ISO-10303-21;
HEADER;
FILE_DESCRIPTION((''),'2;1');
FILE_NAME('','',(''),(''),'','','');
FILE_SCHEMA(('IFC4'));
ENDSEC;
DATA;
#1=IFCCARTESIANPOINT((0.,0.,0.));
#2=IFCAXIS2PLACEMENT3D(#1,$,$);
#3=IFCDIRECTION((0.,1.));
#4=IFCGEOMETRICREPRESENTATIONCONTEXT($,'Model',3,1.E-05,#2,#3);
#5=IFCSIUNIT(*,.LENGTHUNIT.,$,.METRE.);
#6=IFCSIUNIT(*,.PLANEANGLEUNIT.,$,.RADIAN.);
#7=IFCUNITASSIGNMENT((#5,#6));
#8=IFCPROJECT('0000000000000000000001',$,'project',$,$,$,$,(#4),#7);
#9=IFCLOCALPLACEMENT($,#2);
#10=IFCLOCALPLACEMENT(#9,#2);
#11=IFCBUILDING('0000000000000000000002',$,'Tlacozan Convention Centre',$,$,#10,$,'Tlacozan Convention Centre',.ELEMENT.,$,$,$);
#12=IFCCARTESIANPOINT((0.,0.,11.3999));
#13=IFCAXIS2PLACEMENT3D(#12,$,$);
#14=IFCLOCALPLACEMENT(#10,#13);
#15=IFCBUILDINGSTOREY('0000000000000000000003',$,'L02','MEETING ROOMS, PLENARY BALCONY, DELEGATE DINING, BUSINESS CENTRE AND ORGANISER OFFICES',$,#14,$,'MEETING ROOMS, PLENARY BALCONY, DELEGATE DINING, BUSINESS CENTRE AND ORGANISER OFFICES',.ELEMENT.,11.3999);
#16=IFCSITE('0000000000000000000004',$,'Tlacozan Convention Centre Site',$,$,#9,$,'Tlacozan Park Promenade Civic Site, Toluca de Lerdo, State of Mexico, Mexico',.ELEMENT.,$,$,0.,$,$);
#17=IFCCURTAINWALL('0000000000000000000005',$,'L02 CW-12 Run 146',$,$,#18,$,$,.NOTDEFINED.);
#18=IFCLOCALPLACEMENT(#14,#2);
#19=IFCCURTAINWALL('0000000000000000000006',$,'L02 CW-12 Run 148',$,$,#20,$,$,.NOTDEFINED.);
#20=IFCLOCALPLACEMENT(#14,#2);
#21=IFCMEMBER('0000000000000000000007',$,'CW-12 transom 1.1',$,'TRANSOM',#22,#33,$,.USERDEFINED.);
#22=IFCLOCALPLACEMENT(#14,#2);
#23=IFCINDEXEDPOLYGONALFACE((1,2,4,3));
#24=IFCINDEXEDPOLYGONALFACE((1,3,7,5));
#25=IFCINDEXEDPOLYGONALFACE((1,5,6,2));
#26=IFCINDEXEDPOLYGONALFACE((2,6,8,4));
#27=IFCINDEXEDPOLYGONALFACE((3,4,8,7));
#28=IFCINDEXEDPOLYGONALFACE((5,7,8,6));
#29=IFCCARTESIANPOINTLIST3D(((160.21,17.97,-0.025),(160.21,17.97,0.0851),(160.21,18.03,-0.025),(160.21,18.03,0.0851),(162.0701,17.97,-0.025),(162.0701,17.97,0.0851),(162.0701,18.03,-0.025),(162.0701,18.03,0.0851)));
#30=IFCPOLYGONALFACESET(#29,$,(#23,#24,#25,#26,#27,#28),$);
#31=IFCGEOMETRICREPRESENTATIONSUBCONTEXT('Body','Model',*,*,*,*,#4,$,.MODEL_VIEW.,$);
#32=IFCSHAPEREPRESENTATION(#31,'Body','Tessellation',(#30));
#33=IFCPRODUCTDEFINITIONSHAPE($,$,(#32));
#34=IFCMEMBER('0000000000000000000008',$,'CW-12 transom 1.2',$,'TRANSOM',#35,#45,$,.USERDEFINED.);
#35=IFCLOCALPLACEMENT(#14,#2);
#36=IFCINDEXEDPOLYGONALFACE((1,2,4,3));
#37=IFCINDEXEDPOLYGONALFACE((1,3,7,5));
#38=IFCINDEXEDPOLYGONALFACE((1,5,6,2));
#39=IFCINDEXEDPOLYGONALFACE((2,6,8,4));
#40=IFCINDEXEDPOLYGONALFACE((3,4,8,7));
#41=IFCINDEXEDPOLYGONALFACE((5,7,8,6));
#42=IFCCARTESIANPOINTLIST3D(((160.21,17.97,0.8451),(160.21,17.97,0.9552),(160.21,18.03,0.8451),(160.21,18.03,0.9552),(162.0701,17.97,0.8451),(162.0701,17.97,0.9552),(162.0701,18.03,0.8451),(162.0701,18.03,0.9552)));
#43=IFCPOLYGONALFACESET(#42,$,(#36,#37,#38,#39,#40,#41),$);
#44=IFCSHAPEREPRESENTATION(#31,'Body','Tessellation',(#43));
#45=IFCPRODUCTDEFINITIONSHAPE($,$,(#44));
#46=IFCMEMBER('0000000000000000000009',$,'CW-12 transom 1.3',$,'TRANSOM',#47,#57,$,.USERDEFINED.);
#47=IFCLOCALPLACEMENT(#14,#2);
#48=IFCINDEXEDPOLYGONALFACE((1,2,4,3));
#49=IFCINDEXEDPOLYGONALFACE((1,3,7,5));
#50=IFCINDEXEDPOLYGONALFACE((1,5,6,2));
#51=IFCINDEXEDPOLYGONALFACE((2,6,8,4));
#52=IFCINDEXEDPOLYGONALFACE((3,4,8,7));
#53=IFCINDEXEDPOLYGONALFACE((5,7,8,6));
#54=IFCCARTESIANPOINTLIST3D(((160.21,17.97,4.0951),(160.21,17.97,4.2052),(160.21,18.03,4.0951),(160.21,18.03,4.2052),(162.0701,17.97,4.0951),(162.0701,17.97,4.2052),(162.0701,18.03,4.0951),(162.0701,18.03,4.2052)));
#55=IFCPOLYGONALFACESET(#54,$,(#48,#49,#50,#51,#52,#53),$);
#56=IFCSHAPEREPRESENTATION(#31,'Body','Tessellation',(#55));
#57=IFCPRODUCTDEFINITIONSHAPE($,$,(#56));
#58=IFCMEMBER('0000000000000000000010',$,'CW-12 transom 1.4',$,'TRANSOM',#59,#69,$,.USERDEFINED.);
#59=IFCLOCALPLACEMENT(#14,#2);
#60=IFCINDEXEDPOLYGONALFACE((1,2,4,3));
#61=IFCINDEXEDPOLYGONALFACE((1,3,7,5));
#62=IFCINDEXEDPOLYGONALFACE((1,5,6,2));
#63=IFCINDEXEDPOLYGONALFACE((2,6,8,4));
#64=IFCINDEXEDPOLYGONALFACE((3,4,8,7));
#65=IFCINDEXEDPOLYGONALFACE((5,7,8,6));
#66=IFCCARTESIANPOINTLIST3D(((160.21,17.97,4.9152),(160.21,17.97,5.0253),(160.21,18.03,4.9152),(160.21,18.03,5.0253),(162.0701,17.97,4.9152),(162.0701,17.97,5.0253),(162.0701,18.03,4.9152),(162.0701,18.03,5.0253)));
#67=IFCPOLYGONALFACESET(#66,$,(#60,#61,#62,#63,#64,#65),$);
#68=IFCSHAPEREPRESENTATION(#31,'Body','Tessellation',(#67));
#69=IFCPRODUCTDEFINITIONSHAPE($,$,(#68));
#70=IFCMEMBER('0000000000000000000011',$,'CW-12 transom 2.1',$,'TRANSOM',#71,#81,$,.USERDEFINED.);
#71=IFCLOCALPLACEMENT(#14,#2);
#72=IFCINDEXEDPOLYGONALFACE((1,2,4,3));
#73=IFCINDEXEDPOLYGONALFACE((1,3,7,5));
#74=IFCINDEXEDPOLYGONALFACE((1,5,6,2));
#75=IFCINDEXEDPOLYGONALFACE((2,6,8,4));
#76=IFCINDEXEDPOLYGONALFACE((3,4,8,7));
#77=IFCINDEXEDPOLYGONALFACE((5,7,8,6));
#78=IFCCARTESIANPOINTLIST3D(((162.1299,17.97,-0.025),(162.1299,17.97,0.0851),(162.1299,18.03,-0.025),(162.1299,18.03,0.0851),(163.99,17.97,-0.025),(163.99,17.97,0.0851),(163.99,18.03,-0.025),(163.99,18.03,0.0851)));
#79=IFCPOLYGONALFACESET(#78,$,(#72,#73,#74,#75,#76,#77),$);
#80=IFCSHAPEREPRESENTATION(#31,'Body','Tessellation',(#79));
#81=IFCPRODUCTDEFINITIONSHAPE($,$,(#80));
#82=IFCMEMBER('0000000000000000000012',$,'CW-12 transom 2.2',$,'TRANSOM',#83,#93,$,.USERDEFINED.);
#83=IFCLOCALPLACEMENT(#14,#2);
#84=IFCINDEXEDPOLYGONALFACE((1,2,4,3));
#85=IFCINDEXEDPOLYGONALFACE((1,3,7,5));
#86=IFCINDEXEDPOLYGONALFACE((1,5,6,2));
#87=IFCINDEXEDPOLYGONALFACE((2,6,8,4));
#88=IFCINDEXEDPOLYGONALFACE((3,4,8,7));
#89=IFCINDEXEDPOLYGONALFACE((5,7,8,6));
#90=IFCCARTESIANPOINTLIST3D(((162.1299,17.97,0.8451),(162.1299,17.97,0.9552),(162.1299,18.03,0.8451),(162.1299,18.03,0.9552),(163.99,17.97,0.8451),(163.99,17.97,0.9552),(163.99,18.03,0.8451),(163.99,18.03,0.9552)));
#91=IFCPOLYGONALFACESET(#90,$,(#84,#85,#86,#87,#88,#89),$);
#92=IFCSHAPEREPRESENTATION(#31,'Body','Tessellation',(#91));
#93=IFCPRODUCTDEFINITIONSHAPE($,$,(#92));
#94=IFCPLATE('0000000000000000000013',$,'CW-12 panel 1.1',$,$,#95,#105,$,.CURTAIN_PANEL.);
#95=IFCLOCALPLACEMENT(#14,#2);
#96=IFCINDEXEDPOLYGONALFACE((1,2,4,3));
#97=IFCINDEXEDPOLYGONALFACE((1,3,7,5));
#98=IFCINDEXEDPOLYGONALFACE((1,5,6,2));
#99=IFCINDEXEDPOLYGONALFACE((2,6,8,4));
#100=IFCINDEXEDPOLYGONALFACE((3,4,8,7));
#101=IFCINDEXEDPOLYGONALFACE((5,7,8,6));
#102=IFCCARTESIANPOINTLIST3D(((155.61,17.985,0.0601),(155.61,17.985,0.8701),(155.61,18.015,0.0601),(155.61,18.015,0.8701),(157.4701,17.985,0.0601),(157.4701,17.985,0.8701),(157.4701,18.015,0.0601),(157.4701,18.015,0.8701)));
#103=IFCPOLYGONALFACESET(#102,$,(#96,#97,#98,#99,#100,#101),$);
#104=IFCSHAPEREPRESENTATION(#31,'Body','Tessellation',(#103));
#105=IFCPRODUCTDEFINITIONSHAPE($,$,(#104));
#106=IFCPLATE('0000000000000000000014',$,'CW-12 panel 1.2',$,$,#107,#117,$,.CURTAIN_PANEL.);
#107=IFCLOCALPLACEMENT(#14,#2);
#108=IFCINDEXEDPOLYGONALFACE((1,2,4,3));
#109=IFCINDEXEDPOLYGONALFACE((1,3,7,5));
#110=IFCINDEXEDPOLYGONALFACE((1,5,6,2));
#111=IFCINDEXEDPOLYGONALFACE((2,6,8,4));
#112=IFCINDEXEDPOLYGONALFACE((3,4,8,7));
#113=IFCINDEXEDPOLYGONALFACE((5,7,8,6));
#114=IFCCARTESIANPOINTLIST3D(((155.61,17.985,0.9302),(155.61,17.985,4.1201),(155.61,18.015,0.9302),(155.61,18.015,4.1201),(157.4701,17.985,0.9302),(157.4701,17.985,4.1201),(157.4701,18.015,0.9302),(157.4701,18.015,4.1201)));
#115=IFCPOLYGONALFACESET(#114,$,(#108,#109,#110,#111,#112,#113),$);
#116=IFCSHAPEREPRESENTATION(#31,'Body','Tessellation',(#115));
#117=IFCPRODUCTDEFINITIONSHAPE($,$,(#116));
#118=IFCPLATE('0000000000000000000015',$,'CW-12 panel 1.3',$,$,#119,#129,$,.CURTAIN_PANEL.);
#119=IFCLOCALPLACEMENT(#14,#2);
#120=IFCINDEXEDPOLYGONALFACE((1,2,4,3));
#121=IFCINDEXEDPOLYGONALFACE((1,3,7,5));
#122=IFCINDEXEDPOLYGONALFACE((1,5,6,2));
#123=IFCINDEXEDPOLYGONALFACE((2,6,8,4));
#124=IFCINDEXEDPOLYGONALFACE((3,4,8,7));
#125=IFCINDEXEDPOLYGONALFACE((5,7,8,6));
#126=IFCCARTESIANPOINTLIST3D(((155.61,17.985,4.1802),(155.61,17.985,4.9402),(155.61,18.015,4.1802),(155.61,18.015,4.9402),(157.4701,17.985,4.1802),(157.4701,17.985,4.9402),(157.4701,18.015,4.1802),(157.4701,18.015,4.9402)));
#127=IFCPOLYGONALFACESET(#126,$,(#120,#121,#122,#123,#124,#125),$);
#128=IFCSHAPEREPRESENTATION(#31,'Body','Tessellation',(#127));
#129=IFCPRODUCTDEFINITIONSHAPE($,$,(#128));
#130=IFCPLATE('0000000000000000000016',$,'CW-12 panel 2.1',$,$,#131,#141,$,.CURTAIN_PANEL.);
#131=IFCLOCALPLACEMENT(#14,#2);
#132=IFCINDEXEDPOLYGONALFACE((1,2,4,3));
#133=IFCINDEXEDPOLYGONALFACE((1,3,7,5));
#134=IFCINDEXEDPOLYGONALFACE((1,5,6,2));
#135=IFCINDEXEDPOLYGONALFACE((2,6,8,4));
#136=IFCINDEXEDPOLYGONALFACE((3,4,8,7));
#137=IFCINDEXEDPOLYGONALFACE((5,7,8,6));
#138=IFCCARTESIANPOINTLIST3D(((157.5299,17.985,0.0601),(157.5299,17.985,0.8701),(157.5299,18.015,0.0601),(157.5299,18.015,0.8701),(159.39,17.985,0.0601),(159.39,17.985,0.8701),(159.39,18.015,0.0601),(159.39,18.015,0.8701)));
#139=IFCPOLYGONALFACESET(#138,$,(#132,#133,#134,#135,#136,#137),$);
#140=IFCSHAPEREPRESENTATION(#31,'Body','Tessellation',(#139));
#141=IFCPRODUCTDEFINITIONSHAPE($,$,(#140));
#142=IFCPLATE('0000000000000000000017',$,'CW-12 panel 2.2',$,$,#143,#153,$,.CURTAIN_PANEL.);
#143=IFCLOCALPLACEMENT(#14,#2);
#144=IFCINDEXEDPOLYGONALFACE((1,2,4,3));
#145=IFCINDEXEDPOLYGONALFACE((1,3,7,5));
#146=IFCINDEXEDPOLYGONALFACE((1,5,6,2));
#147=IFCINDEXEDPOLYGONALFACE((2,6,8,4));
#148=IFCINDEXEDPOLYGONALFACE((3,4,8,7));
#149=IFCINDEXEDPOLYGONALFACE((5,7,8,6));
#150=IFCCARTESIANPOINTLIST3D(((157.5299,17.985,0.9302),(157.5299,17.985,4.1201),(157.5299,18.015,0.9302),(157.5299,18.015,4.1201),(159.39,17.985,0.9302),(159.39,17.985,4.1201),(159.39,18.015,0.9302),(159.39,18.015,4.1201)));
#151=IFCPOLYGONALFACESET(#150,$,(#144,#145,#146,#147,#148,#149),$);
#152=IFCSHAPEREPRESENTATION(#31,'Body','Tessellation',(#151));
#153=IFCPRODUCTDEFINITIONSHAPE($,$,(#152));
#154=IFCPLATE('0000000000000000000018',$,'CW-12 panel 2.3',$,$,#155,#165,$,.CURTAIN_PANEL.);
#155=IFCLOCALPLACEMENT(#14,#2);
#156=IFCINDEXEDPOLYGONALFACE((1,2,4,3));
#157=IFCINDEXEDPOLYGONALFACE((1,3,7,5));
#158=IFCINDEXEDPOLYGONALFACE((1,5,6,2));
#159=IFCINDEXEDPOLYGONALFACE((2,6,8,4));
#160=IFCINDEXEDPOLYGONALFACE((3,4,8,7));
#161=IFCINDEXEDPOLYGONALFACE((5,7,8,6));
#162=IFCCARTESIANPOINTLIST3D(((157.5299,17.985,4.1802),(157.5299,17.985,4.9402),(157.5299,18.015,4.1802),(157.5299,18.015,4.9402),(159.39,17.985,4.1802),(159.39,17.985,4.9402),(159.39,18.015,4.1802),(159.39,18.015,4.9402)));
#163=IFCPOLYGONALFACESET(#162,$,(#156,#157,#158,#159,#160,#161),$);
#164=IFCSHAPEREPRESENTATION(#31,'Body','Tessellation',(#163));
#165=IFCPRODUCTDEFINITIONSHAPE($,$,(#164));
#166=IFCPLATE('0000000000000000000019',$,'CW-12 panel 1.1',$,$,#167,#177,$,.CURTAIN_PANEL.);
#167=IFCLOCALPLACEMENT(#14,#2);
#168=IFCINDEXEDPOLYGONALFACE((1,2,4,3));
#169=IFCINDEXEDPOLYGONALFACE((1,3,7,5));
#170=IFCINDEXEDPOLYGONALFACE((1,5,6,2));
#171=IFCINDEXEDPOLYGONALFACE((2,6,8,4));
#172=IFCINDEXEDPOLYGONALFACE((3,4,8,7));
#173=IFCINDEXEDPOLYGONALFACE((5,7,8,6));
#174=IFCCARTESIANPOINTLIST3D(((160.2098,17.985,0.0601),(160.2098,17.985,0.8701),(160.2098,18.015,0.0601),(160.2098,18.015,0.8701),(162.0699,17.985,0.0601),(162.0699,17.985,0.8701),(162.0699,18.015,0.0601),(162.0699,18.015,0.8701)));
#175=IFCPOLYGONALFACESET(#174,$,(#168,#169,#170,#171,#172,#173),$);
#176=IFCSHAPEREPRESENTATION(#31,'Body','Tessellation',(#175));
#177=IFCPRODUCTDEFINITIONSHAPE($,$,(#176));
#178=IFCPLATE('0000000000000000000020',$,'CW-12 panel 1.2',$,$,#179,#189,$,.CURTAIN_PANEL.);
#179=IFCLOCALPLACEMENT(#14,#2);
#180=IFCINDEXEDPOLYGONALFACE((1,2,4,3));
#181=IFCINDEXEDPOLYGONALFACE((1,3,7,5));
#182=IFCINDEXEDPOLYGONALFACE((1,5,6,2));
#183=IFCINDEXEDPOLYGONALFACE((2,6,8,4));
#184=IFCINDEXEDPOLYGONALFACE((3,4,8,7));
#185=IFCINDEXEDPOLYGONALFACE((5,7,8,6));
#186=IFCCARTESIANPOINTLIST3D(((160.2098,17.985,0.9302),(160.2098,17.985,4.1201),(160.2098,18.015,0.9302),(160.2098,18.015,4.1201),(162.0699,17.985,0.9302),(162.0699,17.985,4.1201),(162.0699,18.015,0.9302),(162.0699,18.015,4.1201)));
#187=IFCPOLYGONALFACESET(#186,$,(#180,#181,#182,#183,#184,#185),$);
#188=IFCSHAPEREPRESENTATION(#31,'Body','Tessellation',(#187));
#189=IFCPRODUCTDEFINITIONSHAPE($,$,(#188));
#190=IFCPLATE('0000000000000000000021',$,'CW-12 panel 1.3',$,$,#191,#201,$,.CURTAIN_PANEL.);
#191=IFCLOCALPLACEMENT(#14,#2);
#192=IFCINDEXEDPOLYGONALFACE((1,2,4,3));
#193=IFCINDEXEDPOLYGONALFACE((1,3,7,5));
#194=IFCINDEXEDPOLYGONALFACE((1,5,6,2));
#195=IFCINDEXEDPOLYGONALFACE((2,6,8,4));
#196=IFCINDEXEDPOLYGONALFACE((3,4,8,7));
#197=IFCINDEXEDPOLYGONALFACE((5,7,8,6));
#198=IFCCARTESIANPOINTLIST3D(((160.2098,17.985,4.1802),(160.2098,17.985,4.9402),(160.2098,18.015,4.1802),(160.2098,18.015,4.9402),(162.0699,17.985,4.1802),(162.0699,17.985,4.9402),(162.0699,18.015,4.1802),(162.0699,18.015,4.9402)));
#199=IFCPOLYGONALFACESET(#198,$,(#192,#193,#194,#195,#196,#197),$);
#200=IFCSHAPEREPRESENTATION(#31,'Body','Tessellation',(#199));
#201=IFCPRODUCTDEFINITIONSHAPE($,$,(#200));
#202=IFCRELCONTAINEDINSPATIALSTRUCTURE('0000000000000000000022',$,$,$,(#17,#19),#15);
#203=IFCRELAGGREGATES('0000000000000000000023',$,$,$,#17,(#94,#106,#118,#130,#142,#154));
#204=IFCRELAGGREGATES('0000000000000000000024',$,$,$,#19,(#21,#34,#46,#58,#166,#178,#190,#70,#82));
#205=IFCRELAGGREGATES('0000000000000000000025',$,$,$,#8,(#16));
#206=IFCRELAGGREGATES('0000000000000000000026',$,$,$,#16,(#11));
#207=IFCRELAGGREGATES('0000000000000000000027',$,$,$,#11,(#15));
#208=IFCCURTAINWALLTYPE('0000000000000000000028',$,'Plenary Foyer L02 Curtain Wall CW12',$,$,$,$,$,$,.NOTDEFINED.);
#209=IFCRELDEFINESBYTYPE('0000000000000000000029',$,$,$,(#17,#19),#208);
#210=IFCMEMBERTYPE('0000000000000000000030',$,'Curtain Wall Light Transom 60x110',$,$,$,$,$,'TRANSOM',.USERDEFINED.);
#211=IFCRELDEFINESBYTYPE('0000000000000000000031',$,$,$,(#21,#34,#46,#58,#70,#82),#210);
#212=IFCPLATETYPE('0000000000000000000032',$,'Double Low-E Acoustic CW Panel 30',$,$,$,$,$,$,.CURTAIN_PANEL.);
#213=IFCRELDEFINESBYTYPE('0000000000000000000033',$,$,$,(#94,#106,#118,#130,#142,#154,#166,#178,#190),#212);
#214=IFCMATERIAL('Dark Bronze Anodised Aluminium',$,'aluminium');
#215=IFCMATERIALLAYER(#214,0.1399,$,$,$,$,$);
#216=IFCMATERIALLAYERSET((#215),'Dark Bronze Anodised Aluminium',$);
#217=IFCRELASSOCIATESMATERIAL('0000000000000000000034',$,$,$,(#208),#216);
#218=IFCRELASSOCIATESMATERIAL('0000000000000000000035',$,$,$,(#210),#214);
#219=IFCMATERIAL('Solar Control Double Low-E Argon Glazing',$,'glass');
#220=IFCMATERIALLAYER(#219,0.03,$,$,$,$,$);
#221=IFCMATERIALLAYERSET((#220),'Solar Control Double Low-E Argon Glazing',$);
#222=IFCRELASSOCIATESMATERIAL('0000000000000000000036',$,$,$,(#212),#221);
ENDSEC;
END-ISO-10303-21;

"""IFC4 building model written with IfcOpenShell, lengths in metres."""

from ifc_helpers import new_model, si_unit, direction, frame, origin, origin_2d, place, context, subcontext, project, spatial, rectangle, extrude, material, layer, layer_set, material_profile, profile_set, type_object, element, aggregate, save


model = new_model("IFC4")

# Units and contexts
model_context = context("Model", 3, precision=1e-05, world=origin(), true_north=direction((0.0, 1.0)))
body_context = subcontext(model_context, "Body", "Model", "MODEL_VIEW")
ifc_project = project(units=[si_unit("LENGTHUNIT", "METRE"), si_unit("PLANEANGLEUNIT", "RADIAN")], contexts=[model_context])

# Site, building, storey
site_placement = place(None, origin())
site = spatial("IfcSite", under=ifc_project, at=site_placement, Name="Tlacozan Convention Centre Site", LongName="Tlacozan Park Promenade Civic Site, Toluca de Lerdo, State of Mexico, Mexico", CompositionType="ELEMENT", RefElevation=0.0)
building_placement = place(site_placement, origin())
building = spatial("IfcBuilding", under=site, at=building_placement, Name="Tlacozan Convention Centre", LongName="Tlacozan Convention Centre", CompositionType="ELEMENT")
storey_placement = place(building_placement, frame((0.0, 0.0, 11.3999)))
storey = spatial("IfcBuildingStorey", under=building, at=storey_placement, Name="L02", Description="MEETING ROOMS, PLENARY BALCONY, DELEGATE DINING, BUSINESS CENTRE AND ORGANISER OFFICES", LongName="MEETING ROOMS, PLENARY BALCONY, DELEGATE DINING, BUSINESS CENTRE AND ORGANISER OFFICES", CompositionType="ELEMENT", Elevation=11.3999)

# Curtain walls
ifc_material_1 = material(Name="Dark Bronze Anodised Aluminium", Category="aluminium")
ifc_layer_1 = layer(ifc_material_1, 0.1399)
ifc_layer_set_1 = layer_set([ifc_layer_1], Name="Dark Bronze Anodised Aluminium")
curtain_wall_type = type_object("IfcCurtainWallType", Name="Plenary Foyer L02 Curtain Wall CW12", PredefinedType="NOTDEFINED", material=ifc_layer_set_1)
curtain_wall_1_placement = place(storey_placement, origin())
curtain_wall_1 = element("IfcCurtainWall", 1, at=curtain_wall_1_placement, inside=storey, type_object=curtain_wall_type, Name="L02 CW-12 Run 146", PredefinedType="NOTDEFINED")
curtain_wall_2_placement = place(storey_placement, origin())
curtain_wall_2 = element("IfcCurtainWall", 2, at=curtain_wall_2_placement, inside=storey, type_object=curtain_wall_type, Name="L02 CW-12 Run 148", PredefinedType="NOTDEFINED")

# Members
ifc_material_profile_1 = material_profile(ifc_material_1, rectangle(XDim=0.0601, YDim=0.1101, at=origin_2d()), Name="ALU 60x110")
ifc_profile_set_1 = profile_set([ifc_material_profile_1], Name="Dark Bronze Anodised Aluminium")
member_type_1 = type_object("IfcMemberType", Name="Curtain Wall Light Transom 60x110", ElementType="TRANSOM", PredefinedType="USERDEFINED", material=ifc_profile_set_1)
member_1_placement = place(storey_placement, frame((160.21, 18.0, 0.03), z_axis=(1.0, 0.0, 0.0), x_axis=(0.0, 1.0, 0.0)))
member_1 = element("IfcMember", 3, at=member_1_placement, type_object=member_type_1, Name="CW-12 transom 1.1", ObjectType="TRANSOM", PredefinedType="USERDEFINED", context=body_context, shape_type="SweptSolid", body=[
    extrude(rectangle(XDim=0.0601, YDim=0.1101, at=origin_2d()), origin(), (0.0, 0.0, 1.0), 1.8601),
])
member_2_placement = place(storey_placement, frame((160.21, 18.0, 0.9001), z_axis=(1.0, 0.0, 0.0), x_axis=(0.0, 1.0, 0.0)))
member_2 = element("IfcMember", 4, at=member_2_placement, type_object=member_type_1, Name="CW-12 transom 1.2", ObjectType="TRANSOM", PredefinedType="USERDEFINED", context=body_context, shape_type="SweptSolid", body=[
    extrude(rectangle(XDim=0.0601, YDim=0.1101, at=origin_2d()), origin(), (0.0, 0.0, 1.0), 1.8601),
])
member_3_placement = place(storey_placement, frame((160.21, 18.0, 4.1501), z_axis=(1.0, 0.0, 0.0), x_axis=(0.0, 1.0, 0.0)))
member_3 = element("IfcMember", 5, at=member_3_placement, type_object=member_type_1, Name="CW-12 transom 1.3", ObjectType="TRANSOM", PredefinedType="USERDEFINED", context=body_context, shape_type="SweptSolid", body=[
    extrude(rectangle(XDim=0.0601, YDim=0.1101, at=origin_2d()), origin(), (0.0, 0.0, 1.0), 1.8601),
])
member_4_placement = place(storey_placement, frame((160.21, 18.0, 4.9702), z_axis=(1.0, 0.0, 0.0), x_axis=(0.0, 1.0, 0.0)))
member_4 = element("IfcMember", 6, at=member_4_placement, type_object=member_type_1, Name="CW-12 transom 1.4", ObjectType="TRANSOM", PredefinedType="USERDEFINED", context=body_context, shape_type="SweptSolid", body=[
    extrude(rectangle(XDim=0.0601, YDim=0.1101, at=origin_2d()), origin(), (0.0, 0.0, 1.0), 1.8601),
])
member_5_placement = place(storey_placement, frame((162.1299, 18.0, 0.03), z_axis=(1.0, 0.0, 0.0), x_axis=(0.0, 1.0, 0.0)))
member_5 = element("IfcMember", 7, at=member_5_placement, type_object=member_type_1, Name="CW-12 transom 2.1", ObjectType="TRANSOM", PredefinedType="USERDEFINED", context=body_context, shape_type="SweptSolid", body=[
    extrude(rectangle(XDim=0.0601, YDim=0.1101, at=origin_2d()), origin(), (0.0, 0.0, 1.0), 1.8601),
])
member_6_placement = place(storey_placement, frame((162.1299, 18.0, 0.9001), z_axis=(1.0, 0.0, 0.0), x_axis=(0.0, 1.0, 0.0)))
member_6 = element("IfcMember", 8, at=member_6_placement, type_object=member_type_1, Name="CW-12 transom 2.2", ObjectType="TRANSOM", PredefinedType="USERDEFINED", context=body_context, shape_type="SweptSolid", body=[
    extrude(rectangle(XDim=0.0601, YDim=0.1101, at=origin_2d()), origin(), (0.0, 0.0, 1.0), 1.8601),
])

# Plates
ifc_material_2 = material(Name="Solar Control Double Low-E Argon Glazing", Category="glass")
ifc_layer_2 = layer(ifc_material_2, 0.03)
ifc_layer_set_2 = layer_set([ifc_layer_2], Name="Solar Control Double Low-E Argon Glazing")
plate_type = type_object("IfcPlateType", Name="Double Low-E Acoustic CW Panel 30", PredefinedType="CURTAIN_PANEL", material=ifc_layer_set_2)
plate_1_placement = place(storey_placement, frame((156.54, 18.0, 0.0601), z_axis=(0.0, 0.0, 1.0), x_axis=(1.0, 0.0, 0.0)))
plate_1 = element("IfcPlate", 9, at=plate_1_placement, type_object=plate_type, Name="CW-12 panel 1.1", PredefinedType="CURTAIN_PANEL", context=body_context, shape_type="SweptSolid", body=[
    extrude(rectangle(XDim=1.8601, YDim=0.03, at=origin_2d()), origin(), (0.0, 0.0, 1.0), 0.8101),
])
plate_2_placement = place(storey_placement, frame((156.54, 18.0, 0.9302), z_axis=(0.0, 0.0, 1.0), x_axis=(1.0, 0.0, 0.0)))
plate_2 = element("IfcPlate", 10, at=plate_2_placement, type_object=plate_type, Name="CW-12 panel 1.2", PredefinedType="CURTAIN_PANEL", context=body_context, shape_type="SweptSolid", body=[
    extrude(rectangle(XDim=1.8601, YDim=0.03, at=origin_2d()), origin(), (0.0, 0.0, 1.0), 3.1899),
])
plate_3_placement = place(storey_placement, frame((156.54, 18.0, 4.1802), z_axis=(0.0, 0.0, 1.0), x_axis=(1.0, 0.0, 0.0)))
plate_3 = element("IfcPlate", 11, at=plate_3_placement, type_object=plate_type, Name="CW-12 panel 1.3", PredefinedType="CURTAIN_PANEL", context=body_context, shape_type="SweptSolid", body=[
    extrude(rectangle(XDim=1.8601, YDim=0.03, at=origin_2d()), origin(), (0.0, 0.0, 1.0), 0.76),
])
plate_4_placement = place(storey_placement, frame((158.46, 18.0, 0.0601), z_axis=(0.0, 0.0, 1.0), x_axis=(1.0, 0.0, 0.0)))
plate_4 = element("IfcPlate", 12, at=plate_4_placement, type_object=plate_type, Name="CW-12 panel 2.1", PredefinedType="CURTAIN_PANEL", context=body_context, shape_type="SweptSolid", body=[
    extrude(rectangle(XDim=1.8601, YDim=0.03, at=origin_2d()), origin(), (0.0, 0.0, 1.0), 0.8101),
])
plate_5_placement = place(storey_placement, frame((158.46, 18.0, 0.9302), z_axis=(0.0, 0.0, 1.0), x_axis=(1.0, 0.0, 0.0)))
plate_5 = element("IfcPlate", 13, at=plate_5_placement, type_object=plate_type, Name="CW-12 panel 2.2", PredefinedType="CURTAIN_PANEL", context=body_context, shape_type="SweptSolid", body=[
    extrude(rectangle(XDim=1.8601, YDim=0.03, at=origin_2d()), origin(), (0.0, 0.0, 1.0), 3.1899),
])
plate_6_placement = place(storey_placement, frame((158.46, 18.0, 4.1802), z_axis=(0.0, 0.0, 1.0), x_axis=(1.0, 0.0, 0.0)))
plate_6 = element("IfcPlate", 14, at=plate_6_placement, type_object=plate_type, Name="CW-12 panel 2.3", PredefinedType="CURTAIN_PANEL", context=body_context, shape_type="SweptSolid", body=[
    extrude(rectangle(XDim=1.8601, YDim=0.03, at=origin_2d()), origin(), (0.0, 0.0, 1.0), 0.76),
])
aggregate(curtain_wall_1, [plate_1, plate_2, plate_3, plate_4, plate_5, plate_6])
plate_7_placement = place(storey_placement, frame((161.1399, 18.0, 0.0601), z_axis=(0.0, 0.0, 1.0), x_axis=(1.0, 0.0, 0.0)))
plate_7 = element("IfcPlate", 15, at=plate_7_placement, type_object=plate_type, Name="CW-12 panel 1.1", PredefinedType="CURTAIN_PANEL", context=body_context, shape_type="SweptSolid", body=[
    extrude(rectangle(XDim=1.8601, YDim=0.03, at=origin_2d()), origin(), (0.0, 0.0, 1.0), 0.8101),
])
plate_8_placement = place(storey_placement, frame((161.1399, 18.0, 0.9302), z_axis=(0.0, 0.0, 1.0), x_axis=(1.0, 0.0, 0.0)))
plate_8 = element("IfcPlate", 16, at=plate_8_placement, type_object=plate_type, Name="CW-12 panel 1.2", PredefinedType="CURTAIN_PANEL", context=body_context, shape_type="SweptSolid", body=[
    extrude(rectangle(XDim=1.8601, YDim=0.03, at=origin_2d()), origin(), (0.0, 0.0, 1.0), 3.1899),
])
plate_9_placement = place(storey_placement, frame((161.1399, 18.0, 4.1802), z_axis=(0.0, 0.0, 1.0), x_axis=(1.0, 0.0, 0.0)))
plate_9 = element("IfcPlate", 17, at=plate_9_placement, type_object=plate_type, Name="CW-12 panel 1.3", PredefinedType="CURTAIN_PANEL", context=body_context, shape_type="SweptSolid", body=[
    extrude(rectangle(XDim=1.8601, YDim=0.03, at=origin_2d()), origin(), (0.0, 0.0, 1.0), 0.76),
])
aggregate(curtain_wall_2, [member_1, member_2, member_3, member_4, plate_7, plate_8, plate_9, member_5, member_6])

save(model, "model.ifc")
